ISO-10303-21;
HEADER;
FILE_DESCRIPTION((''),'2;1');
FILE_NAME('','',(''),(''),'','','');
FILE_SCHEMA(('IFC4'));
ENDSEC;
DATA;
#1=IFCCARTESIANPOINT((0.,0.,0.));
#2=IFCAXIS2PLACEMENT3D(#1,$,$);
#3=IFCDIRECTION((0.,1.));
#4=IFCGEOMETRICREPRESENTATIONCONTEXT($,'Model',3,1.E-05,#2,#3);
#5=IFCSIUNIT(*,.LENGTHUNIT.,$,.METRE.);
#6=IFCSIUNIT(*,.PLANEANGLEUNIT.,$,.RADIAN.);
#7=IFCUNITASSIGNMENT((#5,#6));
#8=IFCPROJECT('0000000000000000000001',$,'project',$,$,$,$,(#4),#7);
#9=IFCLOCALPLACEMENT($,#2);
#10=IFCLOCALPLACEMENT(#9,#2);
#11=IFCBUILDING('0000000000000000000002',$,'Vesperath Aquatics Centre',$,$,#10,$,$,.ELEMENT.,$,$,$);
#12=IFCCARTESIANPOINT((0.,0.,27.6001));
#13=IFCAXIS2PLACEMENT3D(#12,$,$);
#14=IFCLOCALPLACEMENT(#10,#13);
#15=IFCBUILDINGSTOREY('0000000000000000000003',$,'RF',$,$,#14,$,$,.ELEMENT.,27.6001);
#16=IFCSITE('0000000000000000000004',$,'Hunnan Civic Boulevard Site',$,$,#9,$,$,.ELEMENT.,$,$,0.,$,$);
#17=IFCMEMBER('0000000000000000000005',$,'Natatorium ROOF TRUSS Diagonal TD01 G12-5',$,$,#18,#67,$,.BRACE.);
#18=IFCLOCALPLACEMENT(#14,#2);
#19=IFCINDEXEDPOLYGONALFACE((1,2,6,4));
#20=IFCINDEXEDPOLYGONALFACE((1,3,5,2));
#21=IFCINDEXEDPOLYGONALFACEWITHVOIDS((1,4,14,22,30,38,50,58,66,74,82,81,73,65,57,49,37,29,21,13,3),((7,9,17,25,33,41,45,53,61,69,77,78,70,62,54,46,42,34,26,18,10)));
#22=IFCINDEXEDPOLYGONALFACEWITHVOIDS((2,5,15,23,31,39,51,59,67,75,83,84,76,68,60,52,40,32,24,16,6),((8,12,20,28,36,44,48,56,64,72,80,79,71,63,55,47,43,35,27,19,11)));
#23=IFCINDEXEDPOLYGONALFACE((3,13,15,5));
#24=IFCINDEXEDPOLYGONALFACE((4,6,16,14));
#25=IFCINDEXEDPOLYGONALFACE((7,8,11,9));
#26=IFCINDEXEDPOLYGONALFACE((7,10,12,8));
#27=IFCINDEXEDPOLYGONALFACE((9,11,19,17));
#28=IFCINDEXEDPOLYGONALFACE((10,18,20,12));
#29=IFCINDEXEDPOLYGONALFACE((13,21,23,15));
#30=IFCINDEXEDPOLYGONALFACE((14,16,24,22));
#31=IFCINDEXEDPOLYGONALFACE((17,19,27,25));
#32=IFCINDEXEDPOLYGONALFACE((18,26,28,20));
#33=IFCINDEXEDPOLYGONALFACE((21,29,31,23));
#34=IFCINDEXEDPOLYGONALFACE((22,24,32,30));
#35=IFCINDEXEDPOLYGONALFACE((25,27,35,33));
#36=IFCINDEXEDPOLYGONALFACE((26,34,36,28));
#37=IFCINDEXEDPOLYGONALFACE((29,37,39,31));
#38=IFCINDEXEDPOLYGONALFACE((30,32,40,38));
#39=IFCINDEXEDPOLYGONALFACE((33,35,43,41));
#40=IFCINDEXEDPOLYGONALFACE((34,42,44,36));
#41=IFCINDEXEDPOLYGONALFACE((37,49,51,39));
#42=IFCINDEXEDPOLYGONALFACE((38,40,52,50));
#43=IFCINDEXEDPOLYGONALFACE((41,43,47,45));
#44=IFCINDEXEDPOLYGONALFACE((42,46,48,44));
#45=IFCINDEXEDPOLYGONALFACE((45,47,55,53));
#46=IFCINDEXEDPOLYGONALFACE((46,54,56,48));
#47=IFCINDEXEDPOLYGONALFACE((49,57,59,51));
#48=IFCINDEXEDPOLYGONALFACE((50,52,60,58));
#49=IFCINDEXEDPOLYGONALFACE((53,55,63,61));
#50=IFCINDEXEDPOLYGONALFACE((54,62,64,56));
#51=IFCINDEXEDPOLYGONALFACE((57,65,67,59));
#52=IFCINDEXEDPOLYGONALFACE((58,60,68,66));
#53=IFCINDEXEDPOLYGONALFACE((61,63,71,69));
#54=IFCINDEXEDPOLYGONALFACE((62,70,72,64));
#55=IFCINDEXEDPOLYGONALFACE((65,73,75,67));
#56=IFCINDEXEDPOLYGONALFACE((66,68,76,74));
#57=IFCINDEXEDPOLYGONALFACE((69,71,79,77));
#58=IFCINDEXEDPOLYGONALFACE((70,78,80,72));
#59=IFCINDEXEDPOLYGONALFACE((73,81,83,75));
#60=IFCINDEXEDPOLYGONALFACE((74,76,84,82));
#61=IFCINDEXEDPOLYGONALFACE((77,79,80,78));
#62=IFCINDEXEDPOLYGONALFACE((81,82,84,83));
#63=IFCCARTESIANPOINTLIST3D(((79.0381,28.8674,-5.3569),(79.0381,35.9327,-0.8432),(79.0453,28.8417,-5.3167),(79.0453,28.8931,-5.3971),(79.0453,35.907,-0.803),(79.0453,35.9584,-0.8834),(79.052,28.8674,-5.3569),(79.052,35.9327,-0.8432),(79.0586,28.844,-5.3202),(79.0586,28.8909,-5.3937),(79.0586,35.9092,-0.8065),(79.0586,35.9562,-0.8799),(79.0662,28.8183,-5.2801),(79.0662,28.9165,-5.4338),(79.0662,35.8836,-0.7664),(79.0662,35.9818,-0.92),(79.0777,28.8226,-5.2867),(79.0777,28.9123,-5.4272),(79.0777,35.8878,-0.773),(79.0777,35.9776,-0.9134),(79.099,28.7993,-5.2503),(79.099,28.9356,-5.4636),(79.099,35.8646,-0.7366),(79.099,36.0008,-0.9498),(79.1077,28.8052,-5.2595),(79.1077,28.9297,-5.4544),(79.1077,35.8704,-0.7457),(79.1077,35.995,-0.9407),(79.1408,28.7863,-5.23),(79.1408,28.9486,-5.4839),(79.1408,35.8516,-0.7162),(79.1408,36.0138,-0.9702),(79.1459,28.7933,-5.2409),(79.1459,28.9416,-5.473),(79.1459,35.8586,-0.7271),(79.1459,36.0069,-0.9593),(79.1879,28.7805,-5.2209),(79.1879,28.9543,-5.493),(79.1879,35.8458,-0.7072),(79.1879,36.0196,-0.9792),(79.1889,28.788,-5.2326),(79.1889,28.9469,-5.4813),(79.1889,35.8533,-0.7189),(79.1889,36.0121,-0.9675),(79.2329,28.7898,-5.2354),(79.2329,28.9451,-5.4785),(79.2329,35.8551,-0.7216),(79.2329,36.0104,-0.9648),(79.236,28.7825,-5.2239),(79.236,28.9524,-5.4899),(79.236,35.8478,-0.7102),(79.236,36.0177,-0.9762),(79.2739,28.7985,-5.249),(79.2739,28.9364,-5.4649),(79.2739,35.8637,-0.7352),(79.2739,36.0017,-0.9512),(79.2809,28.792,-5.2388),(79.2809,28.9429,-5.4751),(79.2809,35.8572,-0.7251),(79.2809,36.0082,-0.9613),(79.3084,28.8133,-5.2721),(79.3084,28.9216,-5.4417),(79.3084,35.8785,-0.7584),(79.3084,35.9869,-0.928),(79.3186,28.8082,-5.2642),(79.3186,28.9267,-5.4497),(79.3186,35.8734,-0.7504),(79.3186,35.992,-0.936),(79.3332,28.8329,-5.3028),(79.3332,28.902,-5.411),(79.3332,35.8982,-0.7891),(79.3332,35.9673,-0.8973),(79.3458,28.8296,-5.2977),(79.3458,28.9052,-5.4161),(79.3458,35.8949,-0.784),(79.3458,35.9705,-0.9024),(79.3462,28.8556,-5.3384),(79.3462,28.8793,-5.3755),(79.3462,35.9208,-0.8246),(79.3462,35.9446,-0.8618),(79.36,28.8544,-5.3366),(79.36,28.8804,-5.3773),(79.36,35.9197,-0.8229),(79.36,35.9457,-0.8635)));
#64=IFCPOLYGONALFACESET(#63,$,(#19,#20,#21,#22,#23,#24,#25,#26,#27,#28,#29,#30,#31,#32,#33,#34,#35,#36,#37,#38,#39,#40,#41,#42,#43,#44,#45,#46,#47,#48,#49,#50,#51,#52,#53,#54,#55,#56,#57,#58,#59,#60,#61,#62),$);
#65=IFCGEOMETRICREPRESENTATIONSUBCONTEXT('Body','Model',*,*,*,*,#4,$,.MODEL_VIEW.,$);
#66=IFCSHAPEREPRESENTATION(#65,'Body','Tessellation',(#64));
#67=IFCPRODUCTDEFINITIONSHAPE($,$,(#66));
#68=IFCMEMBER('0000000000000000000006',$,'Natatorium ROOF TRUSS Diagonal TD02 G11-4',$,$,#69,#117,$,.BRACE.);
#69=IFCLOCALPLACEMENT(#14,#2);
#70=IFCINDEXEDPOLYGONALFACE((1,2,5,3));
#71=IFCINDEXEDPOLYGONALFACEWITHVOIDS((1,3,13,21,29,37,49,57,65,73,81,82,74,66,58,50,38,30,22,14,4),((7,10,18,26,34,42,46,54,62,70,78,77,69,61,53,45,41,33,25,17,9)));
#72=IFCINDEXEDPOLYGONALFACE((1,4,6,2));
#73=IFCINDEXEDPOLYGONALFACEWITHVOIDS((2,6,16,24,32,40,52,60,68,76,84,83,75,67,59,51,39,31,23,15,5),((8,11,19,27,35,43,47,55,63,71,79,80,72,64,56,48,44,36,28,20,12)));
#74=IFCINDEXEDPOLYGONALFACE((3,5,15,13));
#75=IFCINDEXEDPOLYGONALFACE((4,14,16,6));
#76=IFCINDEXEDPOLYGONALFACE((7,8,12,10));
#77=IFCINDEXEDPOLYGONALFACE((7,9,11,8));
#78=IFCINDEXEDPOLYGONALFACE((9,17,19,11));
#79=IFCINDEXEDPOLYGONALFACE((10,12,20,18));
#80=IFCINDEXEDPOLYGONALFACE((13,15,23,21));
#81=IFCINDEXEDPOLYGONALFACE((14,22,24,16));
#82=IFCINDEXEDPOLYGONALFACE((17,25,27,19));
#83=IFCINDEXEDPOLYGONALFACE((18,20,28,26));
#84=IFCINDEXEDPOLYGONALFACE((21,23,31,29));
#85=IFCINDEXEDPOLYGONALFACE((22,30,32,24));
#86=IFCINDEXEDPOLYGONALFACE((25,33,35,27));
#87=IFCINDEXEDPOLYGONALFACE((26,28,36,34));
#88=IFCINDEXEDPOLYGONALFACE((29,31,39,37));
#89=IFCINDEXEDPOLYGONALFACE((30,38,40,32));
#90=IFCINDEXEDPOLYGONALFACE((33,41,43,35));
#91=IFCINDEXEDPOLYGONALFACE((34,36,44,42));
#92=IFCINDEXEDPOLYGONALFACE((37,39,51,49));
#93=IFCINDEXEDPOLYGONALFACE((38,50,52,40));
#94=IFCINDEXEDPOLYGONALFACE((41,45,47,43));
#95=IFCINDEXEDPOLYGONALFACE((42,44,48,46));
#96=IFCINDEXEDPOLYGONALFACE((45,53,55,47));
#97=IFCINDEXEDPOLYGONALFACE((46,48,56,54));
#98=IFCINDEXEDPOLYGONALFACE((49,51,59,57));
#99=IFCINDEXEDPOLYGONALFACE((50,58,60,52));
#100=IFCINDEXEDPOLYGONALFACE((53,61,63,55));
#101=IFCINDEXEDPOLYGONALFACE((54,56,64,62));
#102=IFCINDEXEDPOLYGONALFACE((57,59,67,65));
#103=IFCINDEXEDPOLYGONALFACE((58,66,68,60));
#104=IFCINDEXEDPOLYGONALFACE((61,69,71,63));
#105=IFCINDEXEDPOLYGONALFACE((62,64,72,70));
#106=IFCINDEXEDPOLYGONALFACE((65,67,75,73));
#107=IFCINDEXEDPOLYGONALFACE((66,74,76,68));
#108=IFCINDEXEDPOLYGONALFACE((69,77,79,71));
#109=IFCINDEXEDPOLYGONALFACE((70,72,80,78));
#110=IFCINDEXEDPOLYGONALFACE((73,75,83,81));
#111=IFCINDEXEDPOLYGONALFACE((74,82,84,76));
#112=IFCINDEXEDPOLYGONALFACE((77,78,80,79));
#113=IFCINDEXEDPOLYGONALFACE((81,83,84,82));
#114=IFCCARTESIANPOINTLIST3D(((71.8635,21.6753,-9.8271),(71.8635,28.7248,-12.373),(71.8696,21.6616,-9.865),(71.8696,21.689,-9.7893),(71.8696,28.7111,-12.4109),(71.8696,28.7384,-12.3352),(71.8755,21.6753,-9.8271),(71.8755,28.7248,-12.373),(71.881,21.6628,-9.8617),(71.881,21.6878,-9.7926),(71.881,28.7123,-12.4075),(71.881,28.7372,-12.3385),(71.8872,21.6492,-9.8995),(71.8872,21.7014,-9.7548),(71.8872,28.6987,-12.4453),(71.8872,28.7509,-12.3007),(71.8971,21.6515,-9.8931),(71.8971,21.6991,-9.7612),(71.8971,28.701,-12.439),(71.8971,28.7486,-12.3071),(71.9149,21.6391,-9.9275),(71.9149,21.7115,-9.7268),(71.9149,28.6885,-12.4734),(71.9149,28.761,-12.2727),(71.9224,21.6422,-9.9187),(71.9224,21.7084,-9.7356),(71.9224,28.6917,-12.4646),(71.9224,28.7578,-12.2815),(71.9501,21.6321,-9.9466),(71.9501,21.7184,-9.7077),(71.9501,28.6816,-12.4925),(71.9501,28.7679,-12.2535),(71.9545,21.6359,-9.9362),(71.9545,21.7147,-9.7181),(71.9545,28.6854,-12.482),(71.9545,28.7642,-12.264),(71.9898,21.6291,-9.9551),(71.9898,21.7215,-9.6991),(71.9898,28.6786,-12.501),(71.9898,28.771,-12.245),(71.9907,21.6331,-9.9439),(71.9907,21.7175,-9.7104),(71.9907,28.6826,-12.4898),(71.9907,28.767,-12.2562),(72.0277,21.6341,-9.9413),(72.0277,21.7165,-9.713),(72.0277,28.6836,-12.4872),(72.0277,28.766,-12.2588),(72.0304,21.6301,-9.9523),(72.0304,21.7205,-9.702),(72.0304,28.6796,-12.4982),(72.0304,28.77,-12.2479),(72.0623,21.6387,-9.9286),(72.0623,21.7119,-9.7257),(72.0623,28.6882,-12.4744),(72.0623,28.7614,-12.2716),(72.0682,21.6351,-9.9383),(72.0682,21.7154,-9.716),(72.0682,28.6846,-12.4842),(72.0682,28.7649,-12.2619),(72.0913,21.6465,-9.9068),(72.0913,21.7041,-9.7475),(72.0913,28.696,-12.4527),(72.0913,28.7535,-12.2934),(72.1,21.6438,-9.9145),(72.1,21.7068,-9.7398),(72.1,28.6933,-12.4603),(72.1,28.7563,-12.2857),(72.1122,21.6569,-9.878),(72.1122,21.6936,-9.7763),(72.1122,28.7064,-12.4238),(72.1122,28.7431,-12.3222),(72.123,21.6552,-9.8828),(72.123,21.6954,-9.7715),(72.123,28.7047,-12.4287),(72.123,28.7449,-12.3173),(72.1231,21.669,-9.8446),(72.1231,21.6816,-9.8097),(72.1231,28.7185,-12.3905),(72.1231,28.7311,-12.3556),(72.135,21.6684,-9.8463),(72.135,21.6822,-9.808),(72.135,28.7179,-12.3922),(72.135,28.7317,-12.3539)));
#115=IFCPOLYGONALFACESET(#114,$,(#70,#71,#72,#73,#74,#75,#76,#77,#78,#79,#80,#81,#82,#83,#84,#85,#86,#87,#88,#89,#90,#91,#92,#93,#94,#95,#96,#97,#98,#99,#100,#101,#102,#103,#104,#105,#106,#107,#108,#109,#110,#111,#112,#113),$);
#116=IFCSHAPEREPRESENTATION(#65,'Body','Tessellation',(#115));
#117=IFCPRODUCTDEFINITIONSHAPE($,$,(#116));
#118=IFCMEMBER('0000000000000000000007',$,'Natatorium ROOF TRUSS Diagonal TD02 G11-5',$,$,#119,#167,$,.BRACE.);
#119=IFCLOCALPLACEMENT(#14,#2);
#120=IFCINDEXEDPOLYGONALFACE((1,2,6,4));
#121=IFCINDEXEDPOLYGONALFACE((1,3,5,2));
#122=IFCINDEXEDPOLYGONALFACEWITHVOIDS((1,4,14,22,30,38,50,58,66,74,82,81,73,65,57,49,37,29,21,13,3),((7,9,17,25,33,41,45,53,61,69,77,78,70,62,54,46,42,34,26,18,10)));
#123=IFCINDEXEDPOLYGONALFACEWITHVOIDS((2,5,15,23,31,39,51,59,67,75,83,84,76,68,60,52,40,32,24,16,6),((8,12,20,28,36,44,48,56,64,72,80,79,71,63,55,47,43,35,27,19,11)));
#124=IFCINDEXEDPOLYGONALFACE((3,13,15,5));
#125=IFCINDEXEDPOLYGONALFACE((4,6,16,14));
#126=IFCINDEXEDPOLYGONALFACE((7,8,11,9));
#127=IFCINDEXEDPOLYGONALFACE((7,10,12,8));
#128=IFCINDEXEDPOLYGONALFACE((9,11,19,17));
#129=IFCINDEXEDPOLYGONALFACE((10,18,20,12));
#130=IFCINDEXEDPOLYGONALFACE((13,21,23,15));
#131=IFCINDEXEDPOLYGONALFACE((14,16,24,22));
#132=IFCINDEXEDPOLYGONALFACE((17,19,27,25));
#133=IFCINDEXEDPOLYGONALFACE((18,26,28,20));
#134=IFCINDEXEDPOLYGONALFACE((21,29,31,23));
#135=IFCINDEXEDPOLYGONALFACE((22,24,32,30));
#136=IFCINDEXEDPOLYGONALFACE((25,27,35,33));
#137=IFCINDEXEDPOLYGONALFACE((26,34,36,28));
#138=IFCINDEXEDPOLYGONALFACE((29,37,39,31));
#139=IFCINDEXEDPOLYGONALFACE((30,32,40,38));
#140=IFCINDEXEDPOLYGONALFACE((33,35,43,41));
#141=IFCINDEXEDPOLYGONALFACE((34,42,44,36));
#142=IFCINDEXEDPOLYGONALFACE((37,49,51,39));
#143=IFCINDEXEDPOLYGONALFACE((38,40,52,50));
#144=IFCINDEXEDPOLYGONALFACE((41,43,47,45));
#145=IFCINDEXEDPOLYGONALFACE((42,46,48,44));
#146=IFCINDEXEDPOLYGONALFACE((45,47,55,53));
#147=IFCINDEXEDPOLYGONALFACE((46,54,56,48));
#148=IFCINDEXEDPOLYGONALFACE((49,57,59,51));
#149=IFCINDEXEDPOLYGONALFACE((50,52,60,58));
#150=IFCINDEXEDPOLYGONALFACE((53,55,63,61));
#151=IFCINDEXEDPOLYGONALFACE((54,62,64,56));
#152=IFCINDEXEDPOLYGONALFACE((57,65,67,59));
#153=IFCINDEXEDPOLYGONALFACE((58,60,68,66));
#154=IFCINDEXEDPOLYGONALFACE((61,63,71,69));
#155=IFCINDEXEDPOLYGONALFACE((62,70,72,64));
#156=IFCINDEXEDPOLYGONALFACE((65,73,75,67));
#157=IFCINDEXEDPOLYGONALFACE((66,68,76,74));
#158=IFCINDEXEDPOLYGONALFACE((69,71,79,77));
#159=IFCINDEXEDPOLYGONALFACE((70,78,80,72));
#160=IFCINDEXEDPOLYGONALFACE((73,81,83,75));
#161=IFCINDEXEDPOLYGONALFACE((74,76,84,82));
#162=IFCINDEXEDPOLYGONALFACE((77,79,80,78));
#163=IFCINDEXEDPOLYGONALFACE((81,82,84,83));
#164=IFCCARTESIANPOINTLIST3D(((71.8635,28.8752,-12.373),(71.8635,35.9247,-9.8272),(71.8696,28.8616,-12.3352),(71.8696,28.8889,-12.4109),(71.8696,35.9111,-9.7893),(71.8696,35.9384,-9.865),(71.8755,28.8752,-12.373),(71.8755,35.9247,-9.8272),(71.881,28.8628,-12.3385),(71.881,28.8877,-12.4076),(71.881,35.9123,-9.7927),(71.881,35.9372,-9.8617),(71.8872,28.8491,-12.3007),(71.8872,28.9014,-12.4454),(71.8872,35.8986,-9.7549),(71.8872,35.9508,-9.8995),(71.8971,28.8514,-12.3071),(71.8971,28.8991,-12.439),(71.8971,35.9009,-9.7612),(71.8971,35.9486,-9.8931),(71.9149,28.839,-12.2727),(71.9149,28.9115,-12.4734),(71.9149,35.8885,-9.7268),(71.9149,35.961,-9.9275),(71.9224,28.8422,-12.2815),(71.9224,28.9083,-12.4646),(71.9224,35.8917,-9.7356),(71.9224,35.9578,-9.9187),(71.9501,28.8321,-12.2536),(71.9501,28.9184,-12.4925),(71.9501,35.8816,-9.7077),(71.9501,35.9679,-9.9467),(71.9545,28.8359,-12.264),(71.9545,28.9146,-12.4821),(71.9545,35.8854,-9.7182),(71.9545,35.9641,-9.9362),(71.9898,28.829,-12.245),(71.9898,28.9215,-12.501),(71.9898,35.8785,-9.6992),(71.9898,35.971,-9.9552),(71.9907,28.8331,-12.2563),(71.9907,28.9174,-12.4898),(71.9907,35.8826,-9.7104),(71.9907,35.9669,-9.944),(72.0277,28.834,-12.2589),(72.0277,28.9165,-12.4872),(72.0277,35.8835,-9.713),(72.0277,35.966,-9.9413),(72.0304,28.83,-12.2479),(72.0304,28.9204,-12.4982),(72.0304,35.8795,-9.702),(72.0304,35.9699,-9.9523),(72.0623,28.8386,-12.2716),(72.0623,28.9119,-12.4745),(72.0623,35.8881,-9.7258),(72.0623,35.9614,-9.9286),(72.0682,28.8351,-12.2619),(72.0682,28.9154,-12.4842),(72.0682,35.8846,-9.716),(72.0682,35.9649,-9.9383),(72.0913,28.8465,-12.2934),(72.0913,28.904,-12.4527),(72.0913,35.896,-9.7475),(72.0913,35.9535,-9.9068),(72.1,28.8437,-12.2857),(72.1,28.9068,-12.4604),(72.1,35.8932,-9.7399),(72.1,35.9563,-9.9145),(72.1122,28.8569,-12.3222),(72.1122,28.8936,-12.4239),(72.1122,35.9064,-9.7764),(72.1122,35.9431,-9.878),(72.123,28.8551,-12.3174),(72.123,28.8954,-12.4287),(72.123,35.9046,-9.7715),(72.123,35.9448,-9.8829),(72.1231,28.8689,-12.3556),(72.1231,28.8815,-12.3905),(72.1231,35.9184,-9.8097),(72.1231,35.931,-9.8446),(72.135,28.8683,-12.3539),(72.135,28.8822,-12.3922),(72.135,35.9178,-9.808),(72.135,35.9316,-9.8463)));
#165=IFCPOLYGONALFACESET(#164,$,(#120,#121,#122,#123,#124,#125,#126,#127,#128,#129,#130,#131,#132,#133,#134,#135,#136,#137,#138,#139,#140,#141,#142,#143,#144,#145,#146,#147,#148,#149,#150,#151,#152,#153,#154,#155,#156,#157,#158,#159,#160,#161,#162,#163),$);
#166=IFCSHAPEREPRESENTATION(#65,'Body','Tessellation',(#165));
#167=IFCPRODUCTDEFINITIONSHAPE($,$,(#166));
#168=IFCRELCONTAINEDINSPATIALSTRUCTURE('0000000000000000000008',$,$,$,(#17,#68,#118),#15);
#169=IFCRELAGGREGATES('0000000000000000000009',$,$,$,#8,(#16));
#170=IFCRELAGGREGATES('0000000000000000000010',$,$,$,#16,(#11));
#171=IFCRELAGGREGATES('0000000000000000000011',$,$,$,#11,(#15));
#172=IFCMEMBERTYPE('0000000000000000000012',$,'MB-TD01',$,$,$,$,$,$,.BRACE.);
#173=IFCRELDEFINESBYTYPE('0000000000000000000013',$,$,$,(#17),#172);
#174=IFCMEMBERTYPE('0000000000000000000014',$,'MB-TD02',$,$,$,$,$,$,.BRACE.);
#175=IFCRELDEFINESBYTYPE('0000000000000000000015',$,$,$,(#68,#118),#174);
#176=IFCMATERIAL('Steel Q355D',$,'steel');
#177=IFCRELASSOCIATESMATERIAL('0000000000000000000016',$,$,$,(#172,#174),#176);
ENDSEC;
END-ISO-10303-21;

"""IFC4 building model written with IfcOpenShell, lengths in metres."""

from ifc_helpers import new_model, si_unit, direction, frame, origin, origin_2d, place, context, subcontext, project, spatial, hollow_circle, extrude, material, material_profile, profile_set, type_object, element, save


model = new_model("IFC4")

# Units and contexts
model_context = context("Model", 3, precision=1e-05, world=origin(), true_north=direction((0.0, 1.0)))
body_context = subcontext(model_context, "Body", "Model", "MODEL_VIEW")
ifc_project = project(units=[si_unit("LENGTHUNIT", "METRE"), si_unit("PLANEANGLEUNIT", "RADIAN")], contexts=[model_context])

# Site, building, storey
site_placement = place(None, origin())
site = spatial("IfcSite", under=ifc_project, at=site_placement, Name="Hunnan Civic Boulevard Site", CompositionType="ELEMENT", RefElevation=0.0)
building_placement = place(site_placement, origin())
building = spatial("IfcBuilding", under=site, at=building_placement, Name="Vesperath Aquatics Centre", CompositionType="ELEMENT")
storey_placement = place(building_placement, frame((0.0, 0.0, 27.6001)))
storey = spatial("IfcBuildingStorey", under=building, at=storey_placement, Name="RF", CompositionType="ELEMENT", Elevation=27.6001)

# Members
ifc_material_1 = material(Name="Steel Q355D", Category="steel")
ifc_material_profile_1 = material_profile(ifc_material_1, hollow_circle(Radius=0.1619, WallThickness=0.0139, at=origin_2d()), Name="CHS 323.9x14")
ifc_profile_set_1 = profile_set([ifc_material_profile_1], Name="Steel Q355D")
member_type_1 = type_object("IfcMemberType", Name="MB-TD01", PredefinedType="BRACE", material=ifc_profile_set_1)
for number, where, z_axis, x_axis, name in (
    (1, (79.2, 28.8674, -5.3569), (0.0, 0.842707, 0.538373), (-1.0, 0.0, 0.0), "Natatorium ROOF TRUSS Diagonal TD01 G12-5"),
):
    element("IfcMember", number, at=place(storey_placement, frame(where, z_axis=z_axis, x_axis=x_axis)), inside=storey, type_object=member_type_1, Name=name, PredefinedType="BRACE", context=body_context, shape_type="SweptSolid", body=[
        extrude(hollow_circle(Radius=0.1619, WallThickness=0.0139, at=origin_2d()), origin(), (0.0, 0.0, 1.0), 8.384),
    ])
ifc_material_profile_2 = material_profile(ifc_material_1, hollow_circle(Radius=0.1365, WallThickness=0.012, at=origin_2d()), Name="CHS 273.0x12")
ifc_profile_set_2 = profile_set([ifc_material_profile_2], Name="Steel Q355D")
member_type_2 = type_object("IfcMemberType", Name="MB-TD02", PredefinedType="BRACE", material=ifc_profile_set_2)
for number, where, z_axis, x_axis, name in (
    (2, (72.0, 21.6753, -9.8271), (0.0, 0.940544, -0.339671), (-1.0, 0.0, 0.0), "Natatorium ROOF TRUSS Diagonal TD02 G11-4"),
    (3, (72.0, 28.8752, -12.373), (0.0, 0.940544, 0.339671), (-1.0, 0.0, 0.0), "Natatorium ROOF TRUSS Diagonal TD02 G11-5"),
):
    element("IfcMember", number, at=place(storey_placement, frame(where, z_axis=z_axis, x_axis=x_axis)), inside=storey, type_object=member_type_2, Name=name, PredefinedType="BRACE", context=body_context, shape_type="SweptSolid", body=[
        extrude(hollow_circle(Radius=0.1365, WallThickness=0.012, at=origin_2d()), origin(), (0.0, 0.0, 1.0), 7.4951),
    ])

save(model, "model.ifc")
